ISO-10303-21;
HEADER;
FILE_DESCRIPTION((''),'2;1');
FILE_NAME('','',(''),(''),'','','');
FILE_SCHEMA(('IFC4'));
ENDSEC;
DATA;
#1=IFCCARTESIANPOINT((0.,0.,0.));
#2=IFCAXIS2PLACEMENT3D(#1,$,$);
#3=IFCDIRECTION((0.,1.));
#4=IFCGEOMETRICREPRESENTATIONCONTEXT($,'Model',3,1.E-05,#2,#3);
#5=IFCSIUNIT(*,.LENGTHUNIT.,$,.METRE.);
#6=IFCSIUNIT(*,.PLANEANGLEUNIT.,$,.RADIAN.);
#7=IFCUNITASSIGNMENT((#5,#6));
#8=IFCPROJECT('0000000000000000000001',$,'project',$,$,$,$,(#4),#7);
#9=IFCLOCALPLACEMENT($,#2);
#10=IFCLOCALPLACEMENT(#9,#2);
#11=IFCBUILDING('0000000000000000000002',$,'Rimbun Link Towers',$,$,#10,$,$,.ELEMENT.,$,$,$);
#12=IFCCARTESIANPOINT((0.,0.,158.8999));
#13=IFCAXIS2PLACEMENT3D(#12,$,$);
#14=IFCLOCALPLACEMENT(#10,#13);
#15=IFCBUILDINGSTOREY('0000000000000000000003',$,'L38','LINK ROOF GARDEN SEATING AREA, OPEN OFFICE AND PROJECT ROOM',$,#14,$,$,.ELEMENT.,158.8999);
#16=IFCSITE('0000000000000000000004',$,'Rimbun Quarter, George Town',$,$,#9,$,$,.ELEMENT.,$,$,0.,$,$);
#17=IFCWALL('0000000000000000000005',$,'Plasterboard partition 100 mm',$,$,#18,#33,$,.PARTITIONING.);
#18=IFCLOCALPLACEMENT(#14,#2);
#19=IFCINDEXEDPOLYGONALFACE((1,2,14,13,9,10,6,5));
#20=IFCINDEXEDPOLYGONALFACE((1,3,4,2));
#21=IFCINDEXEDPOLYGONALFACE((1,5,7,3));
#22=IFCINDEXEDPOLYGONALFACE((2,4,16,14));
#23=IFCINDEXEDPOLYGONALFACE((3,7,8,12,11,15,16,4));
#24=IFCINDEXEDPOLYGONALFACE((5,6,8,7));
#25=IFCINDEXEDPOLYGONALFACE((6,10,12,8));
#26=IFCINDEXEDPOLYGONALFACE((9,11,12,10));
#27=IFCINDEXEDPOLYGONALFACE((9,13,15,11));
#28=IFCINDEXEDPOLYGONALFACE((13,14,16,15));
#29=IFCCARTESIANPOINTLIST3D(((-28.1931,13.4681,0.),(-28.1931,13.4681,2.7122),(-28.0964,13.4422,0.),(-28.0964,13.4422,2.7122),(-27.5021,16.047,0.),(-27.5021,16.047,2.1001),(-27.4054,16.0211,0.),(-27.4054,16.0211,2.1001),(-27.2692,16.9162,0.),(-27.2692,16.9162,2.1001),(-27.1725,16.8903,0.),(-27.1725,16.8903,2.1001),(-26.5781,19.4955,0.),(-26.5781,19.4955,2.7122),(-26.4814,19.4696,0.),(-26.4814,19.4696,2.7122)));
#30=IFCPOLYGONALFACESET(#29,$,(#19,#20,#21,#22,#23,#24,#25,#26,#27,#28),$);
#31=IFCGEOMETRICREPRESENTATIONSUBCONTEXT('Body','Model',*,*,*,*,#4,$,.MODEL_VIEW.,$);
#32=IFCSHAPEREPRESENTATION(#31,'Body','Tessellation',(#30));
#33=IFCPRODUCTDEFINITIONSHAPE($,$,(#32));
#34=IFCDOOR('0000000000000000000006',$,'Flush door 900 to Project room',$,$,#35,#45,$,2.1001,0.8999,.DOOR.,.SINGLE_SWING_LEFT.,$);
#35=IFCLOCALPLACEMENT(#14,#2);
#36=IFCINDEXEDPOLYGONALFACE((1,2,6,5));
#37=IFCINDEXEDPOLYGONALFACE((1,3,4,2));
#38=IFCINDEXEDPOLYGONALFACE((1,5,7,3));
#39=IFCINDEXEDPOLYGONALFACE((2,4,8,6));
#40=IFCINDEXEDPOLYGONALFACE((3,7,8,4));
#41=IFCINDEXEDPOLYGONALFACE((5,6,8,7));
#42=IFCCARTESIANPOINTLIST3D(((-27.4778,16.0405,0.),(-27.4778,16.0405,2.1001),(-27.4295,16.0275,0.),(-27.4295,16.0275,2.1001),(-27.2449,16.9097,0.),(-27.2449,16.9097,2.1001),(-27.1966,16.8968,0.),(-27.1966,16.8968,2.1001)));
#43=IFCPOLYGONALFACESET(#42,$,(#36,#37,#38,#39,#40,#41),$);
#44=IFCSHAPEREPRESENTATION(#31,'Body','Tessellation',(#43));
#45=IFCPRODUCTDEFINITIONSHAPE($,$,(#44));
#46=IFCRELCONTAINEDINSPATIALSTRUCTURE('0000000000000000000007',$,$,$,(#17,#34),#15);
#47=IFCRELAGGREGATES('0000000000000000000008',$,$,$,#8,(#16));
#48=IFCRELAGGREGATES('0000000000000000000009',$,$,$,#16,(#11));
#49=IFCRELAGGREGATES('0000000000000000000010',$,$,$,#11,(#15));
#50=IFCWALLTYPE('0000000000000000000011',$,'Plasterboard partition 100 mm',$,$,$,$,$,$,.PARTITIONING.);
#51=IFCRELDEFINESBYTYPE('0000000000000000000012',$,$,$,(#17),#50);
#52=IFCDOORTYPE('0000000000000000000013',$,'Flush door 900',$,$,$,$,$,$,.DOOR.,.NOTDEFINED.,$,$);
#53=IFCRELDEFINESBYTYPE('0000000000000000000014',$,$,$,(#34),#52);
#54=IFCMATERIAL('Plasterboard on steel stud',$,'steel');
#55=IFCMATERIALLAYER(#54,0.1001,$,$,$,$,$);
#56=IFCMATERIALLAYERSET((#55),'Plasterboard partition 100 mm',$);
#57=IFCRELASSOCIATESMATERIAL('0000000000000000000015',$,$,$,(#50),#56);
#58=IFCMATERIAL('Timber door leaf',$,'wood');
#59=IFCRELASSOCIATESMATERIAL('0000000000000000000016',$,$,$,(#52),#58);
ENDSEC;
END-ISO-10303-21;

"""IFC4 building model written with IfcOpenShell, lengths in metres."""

from ifc_helpers import new_model, si_unit, direction, frame, frame_2d, origin, place, context, subcontext, project, spatial, rectangle, extrude, material, layer, layer_set, type_object, element, fill, save


model = new_model("IFC4")

# Units and contexts
model_context = context("Model", 3, precision=1e-05, world=origin(), true_north=direction((0.0, 1.0)))
body_context = subcontext(model_context, "Body", "Model", "MODEL_VIEW")
ifc_project = project(units=[si_unit("LENGTHUNIT", "METRE"), si_unit("PLANEANGLEUNIT", "RADIAN")], contexts=[model_context])

# Site, building, storey
site_placement = place(None, origin())
site = spatial("IfcSite", under=ifc_project, at=site_placement, Name="Rimbun Quarter, George Town", CompositionType="ELEMENT", RefElevation=0.0)
building_placement = place(site_placement, origin())
building = spatial("IfcBuilding", under=site, at=building_placement, Name="Rimbun Link Towers", CompositionType="ELEMENT")
storey_placement = place(building_placement, frame((0.0, 0.0, 158.8999)))
storey = spatial("IfcBuildingStorey", under=building, at=storey_placement, Name="L38", Description="LINK ROOF GARDEN SEATING AREA, OPEN OFFICE AND PROJECT ROOM", CompositionType="ELEMENT", Elevation=158.8999)

# Wall, opening, door
ifc_material_1 = material(Name="Plasterboard on steel stud", Category="steel")
ifc_layer_1 = layer(ifc_material_1, 0.1001)
ifc_layer_set_1 = layer_set([ifc_layer_1], Name="Plasterboard partition 100 mm")
wall_type = type_object("IfcWallType", Name="Plasterboard partition 100 mm", PredefinedType="PARTITIONING", material=ifc_layer_set_1)
wall_placement = place(storey_placement, frame((-28.1448, 13.4551, 0.0), z_axis=(0.0, 0.0, 1.0), x_axis=(0.258814, 0.965927, 0.0)))
wall = element("IfcWall", 1, at=wall_placement, inside=storey, type_object=wall_type, Name="Plasterboard partition 100 mm", PredefinedType="PARTITIONING", context=body_context, shape_type="SweptSolid", body=[
    extrude(rectangle(XDim=6.24, YDim=0.1001, at=frame_2d((3.1201, 0.0))), origin(), (0.0, 0.0, 1.0), 2.7122),
])
opening_placement = place(wall_placement, frame((2.6699, 0.0, 0.0)))
opening = element("IfcOpeningElement", 2, at=opening_placement, cuts=wall, PredefinedType="OPENING", context=body_context, shape_type="SweptSolid", body=[
    extrude(rectangle(XDim=0.8999, YDim=2.1001, at=frame_2d((0.45, 1.05))), frame((0.0, 0.0601, 0.0), z_axis=(0.0, -1.0, 0.0), x_axis=(1.0, 0.0, 0.0)), (0.0, 0.0, 1.0), 0.1201),
])
ifc_material_2 = material(Name="Timber door leaf", Category="wood")
door_type = type_object("IfcDoorType", Name="Flush door 900", OperationType="NOTDEFINED", PredefinedType="DOOR", material=ifc_material_2)
door_placement = place(opening_placement, origin())
door = element("IfcDoor", 3, at=door_placement, inside=storey, type_object=door_type, Name="Flush door 900 to Project room", OperationType="SINGLE_SWING_LEFT", OverallHeight=2.1001, OverallWidth=0.8999, PredefinedType="DOOR", context=body_context, shape_type="SweptSolid", body=[
    extrude(rectangle(XDim=0.8999, YDim=2.1001, at=frame_2d((0.45, 1.05))), frame((0.0, 0.0249, 0.0), z_axis=(0.0, -1.0, 0.0), x_axis=(1.0, 0.0, 0.0)), (0.0, 0.0, 1.0), 0.05),
])
fill(opening, door)

save(model, "model.ifc")
